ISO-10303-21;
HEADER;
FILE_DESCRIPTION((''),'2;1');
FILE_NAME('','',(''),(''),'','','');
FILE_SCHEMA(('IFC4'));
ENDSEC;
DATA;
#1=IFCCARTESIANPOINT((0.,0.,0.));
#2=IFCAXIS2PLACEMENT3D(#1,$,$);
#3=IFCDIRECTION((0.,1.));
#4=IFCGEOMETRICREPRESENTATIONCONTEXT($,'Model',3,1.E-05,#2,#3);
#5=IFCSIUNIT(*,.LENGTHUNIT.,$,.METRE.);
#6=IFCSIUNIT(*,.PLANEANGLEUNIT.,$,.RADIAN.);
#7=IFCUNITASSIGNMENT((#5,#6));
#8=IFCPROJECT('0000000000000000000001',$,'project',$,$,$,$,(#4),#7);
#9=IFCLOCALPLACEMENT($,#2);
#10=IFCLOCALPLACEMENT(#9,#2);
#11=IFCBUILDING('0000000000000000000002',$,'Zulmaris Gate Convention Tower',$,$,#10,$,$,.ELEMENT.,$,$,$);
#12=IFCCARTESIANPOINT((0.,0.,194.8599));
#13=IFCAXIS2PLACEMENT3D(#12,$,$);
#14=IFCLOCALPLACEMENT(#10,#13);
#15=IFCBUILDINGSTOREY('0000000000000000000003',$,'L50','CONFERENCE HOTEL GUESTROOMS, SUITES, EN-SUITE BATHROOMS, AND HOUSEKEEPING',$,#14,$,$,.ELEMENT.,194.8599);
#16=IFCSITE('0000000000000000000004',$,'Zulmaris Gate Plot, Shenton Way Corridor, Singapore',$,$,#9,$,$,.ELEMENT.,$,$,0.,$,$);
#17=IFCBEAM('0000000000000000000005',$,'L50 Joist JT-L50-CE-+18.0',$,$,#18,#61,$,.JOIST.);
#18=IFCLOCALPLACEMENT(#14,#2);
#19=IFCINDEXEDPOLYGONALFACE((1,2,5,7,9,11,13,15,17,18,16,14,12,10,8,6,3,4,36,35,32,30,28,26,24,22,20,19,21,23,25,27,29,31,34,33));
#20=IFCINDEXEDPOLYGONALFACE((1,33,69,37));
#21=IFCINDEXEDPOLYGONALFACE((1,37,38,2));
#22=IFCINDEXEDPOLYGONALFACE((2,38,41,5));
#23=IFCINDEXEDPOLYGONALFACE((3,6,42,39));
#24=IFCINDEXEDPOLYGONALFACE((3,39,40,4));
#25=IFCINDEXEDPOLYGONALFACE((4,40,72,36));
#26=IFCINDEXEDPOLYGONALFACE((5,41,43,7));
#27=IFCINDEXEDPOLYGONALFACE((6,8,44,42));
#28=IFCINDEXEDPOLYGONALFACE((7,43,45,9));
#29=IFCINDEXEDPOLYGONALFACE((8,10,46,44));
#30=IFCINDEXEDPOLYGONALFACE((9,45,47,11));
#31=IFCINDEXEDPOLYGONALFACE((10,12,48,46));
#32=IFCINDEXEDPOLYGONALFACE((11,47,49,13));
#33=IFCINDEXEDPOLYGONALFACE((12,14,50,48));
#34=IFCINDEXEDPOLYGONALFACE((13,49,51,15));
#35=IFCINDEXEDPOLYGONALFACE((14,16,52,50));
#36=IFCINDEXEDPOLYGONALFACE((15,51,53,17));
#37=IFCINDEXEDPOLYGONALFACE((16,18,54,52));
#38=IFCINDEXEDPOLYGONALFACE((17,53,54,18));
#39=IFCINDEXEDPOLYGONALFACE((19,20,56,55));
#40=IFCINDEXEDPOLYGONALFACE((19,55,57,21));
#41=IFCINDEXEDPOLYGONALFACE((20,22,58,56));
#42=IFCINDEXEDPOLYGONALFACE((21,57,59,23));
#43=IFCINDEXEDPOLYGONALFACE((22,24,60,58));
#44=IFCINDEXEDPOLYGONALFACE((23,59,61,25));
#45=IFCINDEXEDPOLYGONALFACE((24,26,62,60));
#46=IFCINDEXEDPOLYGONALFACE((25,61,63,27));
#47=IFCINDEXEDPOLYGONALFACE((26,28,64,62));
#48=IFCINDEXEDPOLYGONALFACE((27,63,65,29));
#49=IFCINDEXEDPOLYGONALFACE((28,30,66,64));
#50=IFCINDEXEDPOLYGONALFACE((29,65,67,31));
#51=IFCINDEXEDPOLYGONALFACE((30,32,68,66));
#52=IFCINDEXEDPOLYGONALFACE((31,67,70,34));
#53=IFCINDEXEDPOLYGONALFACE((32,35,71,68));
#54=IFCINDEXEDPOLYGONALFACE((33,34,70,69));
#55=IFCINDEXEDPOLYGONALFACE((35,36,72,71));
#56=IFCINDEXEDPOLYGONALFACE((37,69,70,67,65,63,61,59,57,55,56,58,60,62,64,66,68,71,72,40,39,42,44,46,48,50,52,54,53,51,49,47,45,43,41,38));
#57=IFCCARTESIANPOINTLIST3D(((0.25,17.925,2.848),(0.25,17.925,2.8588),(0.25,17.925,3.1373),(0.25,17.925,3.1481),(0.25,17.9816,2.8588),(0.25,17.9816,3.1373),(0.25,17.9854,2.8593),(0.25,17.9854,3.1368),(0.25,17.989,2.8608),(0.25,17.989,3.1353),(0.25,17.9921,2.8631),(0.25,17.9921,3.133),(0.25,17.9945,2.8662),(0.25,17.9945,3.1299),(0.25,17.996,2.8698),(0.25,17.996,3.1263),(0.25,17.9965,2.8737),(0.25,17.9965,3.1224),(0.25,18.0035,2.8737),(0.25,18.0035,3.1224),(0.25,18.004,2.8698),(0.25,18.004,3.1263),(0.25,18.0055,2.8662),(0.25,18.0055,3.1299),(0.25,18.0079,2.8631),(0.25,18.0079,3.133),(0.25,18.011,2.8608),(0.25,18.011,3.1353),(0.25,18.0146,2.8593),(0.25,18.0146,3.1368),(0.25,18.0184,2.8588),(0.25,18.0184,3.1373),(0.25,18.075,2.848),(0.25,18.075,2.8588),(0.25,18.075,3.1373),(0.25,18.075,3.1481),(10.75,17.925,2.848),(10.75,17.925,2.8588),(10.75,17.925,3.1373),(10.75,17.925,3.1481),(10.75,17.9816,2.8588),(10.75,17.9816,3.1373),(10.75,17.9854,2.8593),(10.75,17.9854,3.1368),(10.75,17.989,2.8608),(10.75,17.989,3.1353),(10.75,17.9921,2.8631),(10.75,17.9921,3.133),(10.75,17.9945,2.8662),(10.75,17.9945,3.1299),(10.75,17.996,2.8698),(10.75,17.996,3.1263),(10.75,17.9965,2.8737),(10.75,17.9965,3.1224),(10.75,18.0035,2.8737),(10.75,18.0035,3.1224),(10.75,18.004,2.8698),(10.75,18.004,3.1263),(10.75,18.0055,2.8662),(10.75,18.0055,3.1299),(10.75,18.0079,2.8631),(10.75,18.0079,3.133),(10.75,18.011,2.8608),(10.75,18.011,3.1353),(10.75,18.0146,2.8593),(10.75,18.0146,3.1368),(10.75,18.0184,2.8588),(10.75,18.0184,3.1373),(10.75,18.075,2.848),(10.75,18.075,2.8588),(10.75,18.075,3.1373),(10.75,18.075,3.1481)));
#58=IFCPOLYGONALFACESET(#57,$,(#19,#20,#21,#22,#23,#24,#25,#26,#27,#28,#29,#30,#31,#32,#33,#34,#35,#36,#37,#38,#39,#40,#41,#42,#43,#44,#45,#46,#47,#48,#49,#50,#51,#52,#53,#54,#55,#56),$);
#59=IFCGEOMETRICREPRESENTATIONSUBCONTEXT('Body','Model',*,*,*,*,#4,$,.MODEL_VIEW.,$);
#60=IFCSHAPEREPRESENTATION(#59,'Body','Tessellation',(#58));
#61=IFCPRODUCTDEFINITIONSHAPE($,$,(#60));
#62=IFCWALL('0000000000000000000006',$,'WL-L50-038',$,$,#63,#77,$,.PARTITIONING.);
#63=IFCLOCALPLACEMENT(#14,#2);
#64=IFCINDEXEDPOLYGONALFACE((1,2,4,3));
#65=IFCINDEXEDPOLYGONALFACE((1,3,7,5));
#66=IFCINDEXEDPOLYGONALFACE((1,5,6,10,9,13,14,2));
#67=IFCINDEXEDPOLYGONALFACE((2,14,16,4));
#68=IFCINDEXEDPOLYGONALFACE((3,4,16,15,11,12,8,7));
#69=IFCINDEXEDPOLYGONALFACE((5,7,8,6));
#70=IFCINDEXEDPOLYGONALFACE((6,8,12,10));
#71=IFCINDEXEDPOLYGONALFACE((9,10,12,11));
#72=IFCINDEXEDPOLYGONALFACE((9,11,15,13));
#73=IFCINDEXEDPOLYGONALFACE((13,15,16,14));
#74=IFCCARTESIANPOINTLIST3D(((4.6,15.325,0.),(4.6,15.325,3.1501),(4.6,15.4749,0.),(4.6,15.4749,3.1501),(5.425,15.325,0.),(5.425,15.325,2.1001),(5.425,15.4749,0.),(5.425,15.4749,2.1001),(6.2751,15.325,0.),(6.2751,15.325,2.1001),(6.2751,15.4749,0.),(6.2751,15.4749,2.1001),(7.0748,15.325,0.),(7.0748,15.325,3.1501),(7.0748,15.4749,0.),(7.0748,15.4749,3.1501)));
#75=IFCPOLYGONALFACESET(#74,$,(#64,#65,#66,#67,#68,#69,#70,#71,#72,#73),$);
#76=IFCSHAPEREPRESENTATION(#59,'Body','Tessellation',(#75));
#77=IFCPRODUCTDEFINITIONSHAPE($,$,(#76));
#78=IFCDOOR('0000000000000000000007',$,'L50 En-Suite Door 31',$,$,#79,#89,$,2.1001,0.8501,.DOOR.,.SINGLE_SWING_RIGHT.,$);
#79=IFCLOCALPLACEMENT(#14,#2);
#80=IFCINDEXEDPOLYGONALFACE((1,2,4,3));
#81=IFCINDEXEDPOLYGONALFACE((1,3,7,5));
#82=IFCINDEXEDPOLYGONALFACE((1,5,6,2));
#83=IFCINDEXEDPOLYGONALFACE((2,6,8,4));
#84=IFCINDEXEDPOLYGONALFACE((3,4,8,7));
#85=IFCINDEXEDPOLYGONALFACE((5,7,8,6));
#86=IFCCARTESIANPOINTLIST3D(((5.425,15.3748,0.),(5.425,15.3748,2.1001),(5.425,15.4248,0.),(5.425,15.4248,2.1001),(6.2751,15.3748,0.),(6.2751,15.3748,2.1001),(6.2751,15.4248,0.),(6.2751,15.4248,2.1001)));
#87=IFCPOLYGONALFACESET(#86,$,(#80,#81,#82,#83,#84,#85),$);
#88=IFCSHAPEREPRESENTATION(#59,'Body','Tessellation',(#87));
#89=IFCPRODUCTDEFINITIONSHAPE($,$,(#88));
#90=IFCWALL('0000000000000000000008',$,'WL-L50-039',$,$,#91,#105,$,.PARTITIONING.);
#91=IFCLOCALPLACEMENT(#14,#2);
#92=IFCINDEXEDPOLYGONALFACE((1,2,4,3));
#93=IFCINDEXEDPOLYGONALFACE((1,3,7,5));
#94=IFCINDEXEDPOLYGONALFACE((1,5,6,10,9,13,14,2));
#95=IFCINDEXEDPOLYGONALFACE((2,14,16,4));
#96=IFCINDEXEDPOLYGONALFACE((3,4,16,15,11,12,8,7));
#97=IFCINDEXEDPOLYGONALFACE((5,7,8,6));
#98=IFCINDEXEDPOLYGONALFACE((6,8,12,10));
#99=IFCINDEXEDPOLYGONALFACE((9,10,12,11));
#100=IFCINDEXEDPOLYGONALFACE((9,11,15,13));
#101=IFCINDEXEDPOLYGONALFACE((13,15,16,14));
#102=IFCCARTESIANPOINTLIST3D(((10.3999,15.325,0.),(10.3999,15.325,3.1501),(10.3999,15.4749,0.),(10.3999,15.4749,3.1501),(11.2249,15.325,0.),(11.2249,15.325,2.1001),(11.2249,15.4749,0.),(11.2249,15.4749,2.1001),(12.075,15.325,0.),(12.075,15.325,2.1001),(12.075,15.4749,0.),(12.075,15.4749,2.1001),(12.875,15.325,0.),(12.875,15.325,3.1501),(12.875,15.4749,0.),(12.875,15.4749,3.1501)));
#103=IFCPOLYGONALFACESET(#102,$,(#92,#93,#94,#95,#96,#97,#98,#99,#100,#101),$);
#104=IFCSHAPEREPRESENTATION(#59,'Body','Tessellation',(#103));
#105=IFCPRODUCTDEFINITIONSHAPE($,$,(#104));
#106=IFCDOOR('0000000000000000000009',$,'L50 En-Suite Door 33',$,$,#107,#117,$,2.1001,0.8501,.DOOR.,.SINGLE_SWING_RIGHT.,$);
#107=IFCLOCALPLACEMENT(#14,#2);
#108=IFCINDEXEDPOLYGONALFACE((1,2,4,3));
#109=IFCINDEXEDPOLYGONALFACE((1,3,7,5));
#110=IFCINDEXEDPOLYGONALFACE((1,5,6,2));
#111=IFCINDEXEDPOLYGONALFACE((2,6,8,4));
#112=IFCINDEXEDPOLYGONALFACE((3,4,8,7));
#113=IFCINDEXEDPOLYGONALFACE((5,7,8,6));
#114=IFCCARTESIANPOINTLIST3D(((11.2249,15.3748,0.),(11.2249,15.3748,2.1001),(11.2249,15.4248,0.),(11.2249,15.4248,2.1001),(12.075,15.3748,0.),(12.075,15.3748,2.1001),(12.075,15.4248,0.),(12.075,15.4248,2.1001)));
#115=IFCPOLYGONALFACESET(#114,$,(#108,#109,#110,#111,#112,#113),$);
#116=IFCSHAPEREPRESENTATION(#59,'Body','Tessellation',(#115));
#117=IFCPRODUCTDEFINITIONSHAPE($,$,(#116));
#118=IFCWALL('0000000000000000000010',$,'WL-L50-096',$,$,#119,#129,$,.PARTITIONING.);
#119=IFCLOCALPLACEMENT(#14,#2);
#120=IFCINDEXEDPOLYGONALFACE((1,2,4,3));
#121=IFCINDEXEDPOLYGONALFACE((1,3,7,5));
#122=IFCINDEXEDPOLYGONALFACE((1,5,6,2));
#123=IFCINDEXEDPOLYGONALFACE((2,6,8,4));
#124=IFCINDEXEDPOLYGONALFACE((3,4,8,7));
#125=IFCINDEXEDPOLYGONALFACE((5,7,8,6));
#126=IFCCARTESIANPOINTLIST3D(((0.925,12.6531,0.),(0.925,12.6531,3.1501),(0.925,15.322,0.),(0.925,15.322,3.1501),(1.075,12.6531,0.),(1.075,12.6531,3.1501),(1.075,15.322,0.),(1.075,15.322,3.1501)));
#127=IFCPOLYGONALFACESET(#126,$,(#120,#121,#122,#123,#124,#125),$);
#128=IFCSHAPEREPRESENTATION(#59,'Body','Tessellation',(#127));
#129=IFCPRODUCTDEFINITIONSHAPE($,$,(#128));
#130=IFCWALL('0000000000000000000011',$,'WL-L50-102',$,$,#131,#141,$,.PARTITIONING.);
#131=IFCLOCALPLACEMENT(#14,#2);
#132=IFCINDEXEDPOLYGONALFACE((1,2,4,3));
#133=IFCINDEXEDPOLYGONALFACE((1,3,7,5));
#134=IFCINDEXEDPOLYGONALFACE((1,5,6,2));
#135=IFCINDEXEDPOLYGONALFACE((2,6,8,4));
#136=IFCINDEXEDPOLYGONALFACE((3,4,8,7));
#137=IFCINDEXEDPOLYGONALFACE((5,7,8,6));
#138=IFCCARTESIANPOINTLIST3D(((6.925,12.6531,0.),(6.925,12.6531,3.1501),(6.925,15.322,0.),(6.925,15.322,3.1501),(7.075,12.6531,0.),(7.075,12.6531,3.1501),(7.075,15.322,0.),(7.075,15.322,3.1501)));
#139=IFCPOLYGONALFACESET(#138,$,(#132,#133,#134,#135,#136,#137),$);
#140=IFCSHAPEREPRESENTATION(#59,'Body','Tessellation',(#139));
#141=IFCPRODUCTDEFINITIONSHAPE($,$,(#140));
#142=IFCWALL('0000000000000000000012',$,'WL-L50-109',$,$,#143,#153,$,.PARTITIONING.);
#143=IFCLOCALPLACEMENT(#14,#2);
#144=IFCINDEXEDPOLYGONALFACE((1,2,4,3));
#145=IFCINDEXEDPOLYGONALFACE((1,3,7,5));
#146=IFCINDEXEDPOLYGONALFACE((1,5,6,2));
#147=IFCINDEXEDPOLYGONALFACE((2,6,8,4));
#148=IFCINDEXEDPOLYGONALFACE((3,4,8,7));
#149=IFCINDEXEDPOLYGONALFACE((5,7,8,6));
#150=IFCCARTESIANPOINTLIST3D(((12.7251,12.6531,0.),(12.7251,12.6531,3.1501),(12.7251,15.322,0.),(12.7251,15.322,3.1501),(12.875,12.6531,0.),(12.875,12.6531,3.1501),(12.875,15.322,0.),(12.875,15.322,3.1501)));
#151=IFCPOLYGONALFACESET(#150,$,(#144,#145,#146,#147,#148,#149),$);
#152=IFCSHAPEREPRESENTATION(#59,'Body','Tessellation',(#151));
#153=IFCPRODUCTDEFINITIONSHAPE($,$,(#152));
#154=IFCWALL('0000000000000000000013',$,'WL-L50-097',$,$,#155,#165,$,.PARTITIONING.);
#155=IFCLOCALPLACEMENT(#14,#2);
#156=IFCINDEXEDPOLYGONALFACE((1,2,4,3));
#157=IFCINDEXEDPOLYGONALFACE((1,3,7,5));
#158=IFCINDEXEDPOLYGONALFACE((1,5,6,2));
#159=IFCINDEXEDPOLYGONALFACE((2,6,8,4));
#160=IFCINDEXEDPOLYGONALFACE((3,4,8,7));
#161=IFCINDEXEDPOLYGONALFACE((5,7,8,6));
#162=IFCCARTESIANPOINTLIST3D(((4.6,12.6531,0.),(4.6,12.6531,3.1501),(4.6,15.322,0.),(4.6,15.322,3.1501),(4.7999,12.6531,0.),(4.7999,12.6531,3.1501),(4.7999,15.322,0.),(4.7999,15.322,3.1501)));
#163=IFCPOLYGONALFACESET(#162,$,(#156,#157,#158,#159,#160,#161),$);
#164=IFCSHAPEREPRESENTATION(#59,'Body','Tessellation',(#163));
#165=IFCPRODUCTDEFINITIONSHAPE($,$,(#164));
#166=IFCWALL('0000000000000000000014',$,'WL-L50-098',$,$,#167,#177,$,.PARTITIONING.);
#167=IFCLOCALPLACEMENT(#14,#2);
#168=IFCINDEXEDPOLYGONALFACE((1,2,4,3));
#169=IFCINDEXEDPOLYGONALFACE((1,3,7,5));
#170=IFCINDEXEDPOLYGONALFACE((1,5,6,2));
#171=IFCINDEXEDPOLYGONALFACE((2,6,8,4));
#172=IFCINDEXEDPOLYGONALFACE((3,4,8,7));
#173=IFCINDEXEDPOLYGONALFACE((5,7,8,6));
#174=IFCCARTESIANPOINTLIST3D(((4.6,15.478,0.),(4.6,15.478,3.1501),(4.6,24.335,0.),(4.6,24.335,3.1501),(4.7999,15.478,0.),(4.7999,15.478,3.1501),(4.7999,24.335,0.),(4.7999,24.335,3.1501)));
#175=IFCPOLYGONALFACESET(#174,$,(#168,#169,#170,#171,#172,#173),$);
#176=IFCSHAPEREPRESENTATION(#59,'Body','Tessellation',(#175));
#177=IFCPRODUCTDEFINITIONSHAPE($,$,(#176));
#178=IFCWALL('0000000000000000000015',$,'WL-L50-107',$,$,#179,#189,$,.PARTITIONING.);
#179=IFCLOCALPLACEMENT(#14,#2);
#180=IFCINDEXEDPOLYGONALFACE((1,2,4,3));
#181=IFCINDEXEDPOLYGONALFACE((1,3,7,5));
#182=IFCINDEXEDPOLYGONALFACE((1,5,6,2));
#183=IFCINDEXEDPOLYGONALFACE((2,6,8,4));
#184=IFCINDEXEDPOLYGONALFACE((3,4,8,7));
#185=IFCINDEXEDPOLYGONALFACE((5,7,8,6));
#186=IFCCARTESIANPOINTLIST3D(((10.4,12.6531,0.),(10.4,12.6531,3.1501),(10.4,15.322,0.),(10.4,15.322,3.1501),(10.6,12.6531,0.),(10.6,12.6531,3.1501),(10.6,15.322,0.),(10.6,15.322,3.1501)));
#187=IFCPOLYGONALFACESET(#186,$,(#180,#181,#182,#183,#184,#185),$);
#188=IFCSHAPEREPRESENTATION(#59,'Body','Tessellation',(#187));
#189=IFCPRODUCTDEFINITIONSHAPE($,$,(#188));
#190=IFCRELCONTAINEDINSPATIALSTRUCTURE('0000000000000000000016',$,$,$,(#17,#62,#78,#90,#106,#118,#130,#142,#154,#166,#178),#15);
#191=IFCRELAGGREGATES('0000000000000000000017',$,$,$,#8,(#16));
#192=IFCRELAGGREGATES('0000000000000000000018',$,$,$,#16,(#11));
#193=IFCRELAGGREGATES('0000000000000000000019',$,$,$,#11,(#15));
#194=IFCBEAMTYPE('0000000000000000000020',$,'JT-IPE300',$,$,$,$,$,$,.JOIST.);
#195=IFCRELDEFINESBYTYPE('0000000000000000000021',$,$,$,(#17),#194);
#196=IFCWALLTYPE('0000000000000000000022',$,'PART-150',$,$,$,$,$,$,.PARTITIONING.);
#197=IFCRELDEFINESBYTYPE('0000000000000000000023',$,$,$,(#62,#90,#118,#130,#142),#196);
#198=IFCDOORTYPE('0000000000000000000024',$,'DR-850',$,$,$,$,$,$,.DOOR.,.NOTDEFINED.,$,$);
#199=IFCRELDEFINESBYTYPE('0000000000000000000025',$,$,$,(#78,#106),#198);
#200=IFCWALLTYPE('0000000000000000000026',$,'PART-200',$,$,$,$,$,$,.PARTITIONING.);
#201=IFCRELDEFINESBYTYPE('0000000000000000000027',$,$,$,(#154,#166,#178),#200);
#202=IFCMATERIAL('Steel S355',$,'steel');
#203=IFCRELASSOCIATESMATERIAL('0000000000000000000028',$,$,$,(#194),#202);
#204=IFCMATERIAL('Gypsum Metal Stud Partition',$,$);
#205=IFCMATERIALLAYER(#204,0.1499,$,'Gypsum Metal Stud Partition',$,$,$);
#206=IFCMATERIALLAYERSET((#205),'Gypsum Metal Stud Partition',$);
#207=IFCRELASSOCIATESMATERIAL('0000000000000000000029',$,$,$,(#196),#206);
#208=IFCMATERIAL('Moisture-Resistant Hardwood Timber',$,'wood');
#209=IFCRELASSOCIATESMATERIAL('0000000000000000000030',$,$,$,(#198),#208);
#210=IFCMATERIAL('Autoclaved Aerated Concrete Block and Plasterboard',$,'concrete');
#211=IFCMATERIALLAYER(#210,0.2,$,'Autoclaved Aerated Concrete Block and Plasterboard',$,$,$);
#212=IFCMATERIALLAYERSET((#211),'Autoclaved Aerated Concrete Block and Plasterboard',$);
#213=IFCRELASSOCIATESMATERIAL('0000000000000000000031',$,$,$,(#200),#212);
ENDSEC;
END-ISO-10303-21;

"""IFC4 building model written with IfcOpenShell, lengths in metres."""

from ifc_helpers import new_model, si_unit, direction, frame, frame_2d, origin, origin_2d, place, context, subcontext, project, spatial, rectangle, i_section, extrude, material, layer, layer_set, material_profile, profile_set, type_object, element, fill, save


model = new_model("IFC4")

# Units and contexts
model_context = context("Model", 3, precision=1e-05, world=origin(), true_north=direction((0.0, 1.0)))
body_context = subcontext(model_context, "Body", "Model", "MODEL_VIEW")
ifc_project = project(units=[si_unit("LENGTHUNIT", "METRE"), si_unit("PLANEANGLEUNIT", "RADIAN")], contexts=[model_context])

# Site, building, storey
site_placement = place(None, origin())
site = spatial("IfcSite", under=ifc_project, at=site_placement, Name="Zulmaris Gate Plot, Shenton Way Corridor, Singapore", CompositionType="ELEMENT", RefElevation=0.0)
building_placement = place(site_placement, origin())
building = spatial("IfcBuilding", under=site, at=building_placement, Name="Zulmaris Gate Convention Tower", CompositionType="ELEMENT")
storey_placement = place(building_placement, frame((0.0, 0.0, 194.8599)))
storey = spatial("IfcBuildingStorey", under=building, at=storey_placement, Name="L50", Description="CONFERENCE HOTEL GUESTROOMS, SUITES, EN-SUITE BATHROOMS, AND HOUSEKEEPING", CompositionType="ELEMENT", Elevation=194.8599)

# Beam
ifc_material_1 = material(Name="Steel S355", Category="steel")
ifc_material_profile_1 = material_profile(ifc_material_1, i_section(OverallWidth=0.1499, OverallDepth=0.3, WebThickness=0.0071, FlangeThickness=0.0107, FilletRadius=0.0149, at=origin_2d()), Name="IPE 300")
ifc_profile_set_1 = profile_set([ifc_material_profile_1], Name="Steel S355")
beam_type_1 = type_object("IfcBeamType", Name="JT-IPE300", PredefinedType="JOIST", material=ifc_profile_set_1)
for number, where, z_axis, x_axis, name in (
    (1, (0.25, 18.0, 2.998), (1.0, 0.0, 0.0), (0.0, 1.0, 0.0), "L50 Joist JT-L50-CE-+18.0"),
):
    element("IfcBeam", number, at=place(storey_placement, frame(where, z_axis=z_axis, x_axis=x_axis)), inside=storey, type_object=beam_type_1, Name=name, PredefinedType="JOIST", context=body_context, shape_type="SweptSolid", body=[
        extrude(i_section(OverallWidth=0.1499, OverallDepth=0.3, WebThickness=0.0071, FlangeThickness=0.0107, FilletRadius=0.0149, at=origin_2d()), origin(), (0.0, 0.0, 1.0), 10.5),
    ])

# Walls, openings, doors
ifc_material_2 = material(Name="Gypsum Metal Stud Partition")
ifc_layer_1 = layer(ifc_material_2, 0.1499, Name="Gypsum Metal Stud Partition")
ifc_layer_set_1 = layer_set([ifc_layer_1], Name="Gypsum Metal Stud Partition")
wall_type_1 = type_object("IfcWallType", Name="PART-150", PredefinedType="PARTITIONING", material=ifc_layer_set_1)
wall_1_placement = place(storey_placement, frame((4.6001, 15.3999, 0.0), z_axis=(0.0, 0.0, 1.0), x_axis=(1.0, 0.0, 0.0)))
wall_1 = element("IfcWall", 2, at=wall_1_placement, inside=storey, type_object=wall_type_1, Name="WL-L50-038", PredefinedType="PARTITIONING", context=body_context, shape_type="SweptSolid", body=[
    extrude(rectangle(XDim=2.4749, YDim=0.1499, at=frame_2d((1.2373, 0.0))), origin(), (0.0, 0.0, 1.0), 3.1501),
])
opening_1_placement = place(wall_1_placement, frame((0.825, 0.0, 0.0)))
opening_1 = element("IfcOpeningElement", 3, at=opening_1_placement, cuts=wall_1, PredefinedType="OPENING", context=body_context, shape_type="SweptSolid", body=[
    extrude(rectangle(XDim=0.8501, YDim=2.1001, at=frame_2d((0.425, 1.05))), frame((0.0, 0.085, 0.0), z_axis=(0.0, -1.0, 0.0), x_axis=(1.0, 0.0, 0.0)), (0.0, 0.0, 1.0), 0.1699),
])
ifc_material_3 = material(Name="Moisture-Resistant Hardwood Timber", Category="wood")
door_type_1 = type_object("IfcDoorType", Name="DR-850", OperationType="NOTDEFINED", PredefinedType="DOOR", material=ifc_material_3)
door_1_placement = place(opening_1_placement, origin())
door_1 = element("IfcDoor", 4, at=door_1_placement, inside=storey, type_object=door_type_1, Name="L50 En-Suite Door 31", OperationType="SINGLE_SWING_RIGHT", OverallHeight=2.1001, OverallWidth=0.8501, PredefinedType="DOOR", context=body_context, shape_type="SweptSolid", body=[
    extrude(rectangle(XDim=0.8501, YDim=2.1001, at=frame_2d((0.425, 1.05))), frame((0.0, 0.0249, 0.0), z_axis=(0.0, -1.0, 0.0), x_axis=(1.0, 0.0, 0.0)), (0.0, 0.0, 1.0), 0.05),
])
fill(opening_1, door_1)
wall_2_placement = place(storey_placement, frame((10.3999, 15.3999, 0.0), z_axis=(0.0, 0.0, 1.0), x_axis=(1.0, 0.0, 0.0)))
wall_2 = element("IfcWall", 5, at=wall_2_placement, inside=storey, type_object=wall_type_1, Name="WL-L50-039", PredefinedType="PARTITIONING", context=body_context, shape_type="SweptSolid", body=[
    extrude(rectangle(XDim=2.4751, YDim=0.1499, at=frame_2d((1.2375, 0.0))), origin(), (0.0, 0.0, 1.0), 3.1501),
])
opening_2_placement = place(wall_2_placement, frame((0.825, 0.0, 0.0)))
opening_2 = element("IfcOpeningElement", 6, at=opening_2_placement, cuts=wall_2, PredefinedType="OPENING", context=body_context, shape_type="SweptSolid", body=[
    extrude(rectangle(XDim=0.8501, YDim=2.1001, at=frame_2d((0.425, 1.05))), frame((0.0, 0.085, 0.0), z_axis=(0.0, -1.0, 0.0), x_axis=(1.0, 0.0, 0.0)), (0.0, 0.0, 1.0), 0.1699),
])
door_2_placement = place(opening_2_placement, origin())
door_2 = element("IfcDoor", 7, at=door_2_placement, inside=storey, type_object=door_type_1, Name="L50 En-Suite Door 33", OperationType="SINGLE_SWING_RIGHT", OverallHeight=2.1001, OverallWidth=0.8501, PredefinedType="DOOR", context=body_context, shape_type="SweptSolid", body=[
    extrude(rectangle(XDim=0.8501, YDim=2.1001, at=frame_2d((0.425, 1.05))), frame((0.0, 0.0249, 0.0), z_axis=(0.0, -1.0, 0.0), x_axis=(1.0, 0.0, 0.0)), (0.0, 0.0, 1.0), 0.05),
])
fill(opening_2, door_2)

# Walls
for number, where, z_axis, x_axis, name in (
    (8, (1.0, 12.6531, 0.0), (0.0, 0.0, 1.0), (0.0, 1.0, 0.0), "WL-L50-096"),
    (9, (7.0, 12.6531, 0.0), (0.0, 0.0, 1.0), (0.0, 1.0, 0.0), "WL-L50-102"),
    (10, (12.8, 12.6531, 0.0), (0.0, 0.0, 1.0), (0.0, 1.0, 0.0), "WL-L50-109"),
):
    element("IfcWall", number, at=place(storey_placement, frame(where, z_axis=z_axis, x_axis=x_axis)), inside=storey, type_object=wall_type_1, Name=name, PredefinedType="PARTITIONING", context=body_context, shape_type="SweptSolid", body=[
        extrude(rectangle(XDim=2.6689, YDim=0.1499, at=frame_2d((1.3345, 0.0))), origin(), (0.0, 0.0, 1.0), 3.1501),
    ])
ifc_material_4 = material(Name="Autoclaved Aerated Concrete Block and Plasterboard", Category="concrete")
ifc_layer_2 = layer(ifc_material_4, 0.2, Name="Autoclaved Aerated Concrete Block and Plasterboard")
ifc_layer_set_2 = layer_set([ifc_layer_2], Name="Autoclaved Aerated Concrete Block and Plasterboard")
wall_type_2 = type_object("IfcWallType", Name="PART-200", PredefinedType="PARTITIONING", material=ifc_layer_set_2)
wall_3_placement = place(storey_placement, frame((4.7, 12.6531, 0.0), z_axis=(0.0, 0.0, 1.0), x_axis=(0.0, 1.0, 0.0)))
element("IfcWall", 11, at=wall_3_placement, inside=storey, type_object=wall_type_2, Name="WL-L50-097", PredefinedType="PARTITIONING", context=body_context, shape_type="SweptSolid", body=[
    extrude(rectangle(XDim=2.6689, YDim=0.2, at=frame_2d((1.3345, 0.0))), origin(), (0.0, 0.0, 1.0), 3.1501),
])
wall_4_placement = place(storey_placement, frame((4.7, 15.478, 0.0), z_axis=(0.0, 0.0, 1.0), x_axis=(0.0, 1.0, 0.0)))
element("IfcWall", 12, at=wall_4_placement, inside=storey, type_object=wall_type_2, Name="WL-L50-098", PredefinedType="PARTITIONING", context=body_context, shape_type="SweptSolid", body=[
    extrude(rectangle(XDim=8.8569, YDim=0.2, at=frame_2d((4.4285, 0.0))), origin(), (0.0, 0.0, 1.0), 3.1501),
])
wall_5_placement = place(storey_placement, frame((10.5, 12.6531, 0.0), z_axis=(0.0, 0.0, 1.0), x_axis=(0.0, 1.0, 0.0)))
element("IfcWall", 13, at=wall_5_placement, inside=storey, type_object=wall_type_2, Name="WL-L50-107", PredefinedType="PARTITIONING", context=body_context, shape_type="SweptSolid", body=[
    extrude(rectangle(XDim=2.6689, YDim=0.2, at=frame_2d((1.3345, 0.0))), origin(), (0.0, 0.0, 1.0), 3.1501),
])

save(model, "model.ifc")
